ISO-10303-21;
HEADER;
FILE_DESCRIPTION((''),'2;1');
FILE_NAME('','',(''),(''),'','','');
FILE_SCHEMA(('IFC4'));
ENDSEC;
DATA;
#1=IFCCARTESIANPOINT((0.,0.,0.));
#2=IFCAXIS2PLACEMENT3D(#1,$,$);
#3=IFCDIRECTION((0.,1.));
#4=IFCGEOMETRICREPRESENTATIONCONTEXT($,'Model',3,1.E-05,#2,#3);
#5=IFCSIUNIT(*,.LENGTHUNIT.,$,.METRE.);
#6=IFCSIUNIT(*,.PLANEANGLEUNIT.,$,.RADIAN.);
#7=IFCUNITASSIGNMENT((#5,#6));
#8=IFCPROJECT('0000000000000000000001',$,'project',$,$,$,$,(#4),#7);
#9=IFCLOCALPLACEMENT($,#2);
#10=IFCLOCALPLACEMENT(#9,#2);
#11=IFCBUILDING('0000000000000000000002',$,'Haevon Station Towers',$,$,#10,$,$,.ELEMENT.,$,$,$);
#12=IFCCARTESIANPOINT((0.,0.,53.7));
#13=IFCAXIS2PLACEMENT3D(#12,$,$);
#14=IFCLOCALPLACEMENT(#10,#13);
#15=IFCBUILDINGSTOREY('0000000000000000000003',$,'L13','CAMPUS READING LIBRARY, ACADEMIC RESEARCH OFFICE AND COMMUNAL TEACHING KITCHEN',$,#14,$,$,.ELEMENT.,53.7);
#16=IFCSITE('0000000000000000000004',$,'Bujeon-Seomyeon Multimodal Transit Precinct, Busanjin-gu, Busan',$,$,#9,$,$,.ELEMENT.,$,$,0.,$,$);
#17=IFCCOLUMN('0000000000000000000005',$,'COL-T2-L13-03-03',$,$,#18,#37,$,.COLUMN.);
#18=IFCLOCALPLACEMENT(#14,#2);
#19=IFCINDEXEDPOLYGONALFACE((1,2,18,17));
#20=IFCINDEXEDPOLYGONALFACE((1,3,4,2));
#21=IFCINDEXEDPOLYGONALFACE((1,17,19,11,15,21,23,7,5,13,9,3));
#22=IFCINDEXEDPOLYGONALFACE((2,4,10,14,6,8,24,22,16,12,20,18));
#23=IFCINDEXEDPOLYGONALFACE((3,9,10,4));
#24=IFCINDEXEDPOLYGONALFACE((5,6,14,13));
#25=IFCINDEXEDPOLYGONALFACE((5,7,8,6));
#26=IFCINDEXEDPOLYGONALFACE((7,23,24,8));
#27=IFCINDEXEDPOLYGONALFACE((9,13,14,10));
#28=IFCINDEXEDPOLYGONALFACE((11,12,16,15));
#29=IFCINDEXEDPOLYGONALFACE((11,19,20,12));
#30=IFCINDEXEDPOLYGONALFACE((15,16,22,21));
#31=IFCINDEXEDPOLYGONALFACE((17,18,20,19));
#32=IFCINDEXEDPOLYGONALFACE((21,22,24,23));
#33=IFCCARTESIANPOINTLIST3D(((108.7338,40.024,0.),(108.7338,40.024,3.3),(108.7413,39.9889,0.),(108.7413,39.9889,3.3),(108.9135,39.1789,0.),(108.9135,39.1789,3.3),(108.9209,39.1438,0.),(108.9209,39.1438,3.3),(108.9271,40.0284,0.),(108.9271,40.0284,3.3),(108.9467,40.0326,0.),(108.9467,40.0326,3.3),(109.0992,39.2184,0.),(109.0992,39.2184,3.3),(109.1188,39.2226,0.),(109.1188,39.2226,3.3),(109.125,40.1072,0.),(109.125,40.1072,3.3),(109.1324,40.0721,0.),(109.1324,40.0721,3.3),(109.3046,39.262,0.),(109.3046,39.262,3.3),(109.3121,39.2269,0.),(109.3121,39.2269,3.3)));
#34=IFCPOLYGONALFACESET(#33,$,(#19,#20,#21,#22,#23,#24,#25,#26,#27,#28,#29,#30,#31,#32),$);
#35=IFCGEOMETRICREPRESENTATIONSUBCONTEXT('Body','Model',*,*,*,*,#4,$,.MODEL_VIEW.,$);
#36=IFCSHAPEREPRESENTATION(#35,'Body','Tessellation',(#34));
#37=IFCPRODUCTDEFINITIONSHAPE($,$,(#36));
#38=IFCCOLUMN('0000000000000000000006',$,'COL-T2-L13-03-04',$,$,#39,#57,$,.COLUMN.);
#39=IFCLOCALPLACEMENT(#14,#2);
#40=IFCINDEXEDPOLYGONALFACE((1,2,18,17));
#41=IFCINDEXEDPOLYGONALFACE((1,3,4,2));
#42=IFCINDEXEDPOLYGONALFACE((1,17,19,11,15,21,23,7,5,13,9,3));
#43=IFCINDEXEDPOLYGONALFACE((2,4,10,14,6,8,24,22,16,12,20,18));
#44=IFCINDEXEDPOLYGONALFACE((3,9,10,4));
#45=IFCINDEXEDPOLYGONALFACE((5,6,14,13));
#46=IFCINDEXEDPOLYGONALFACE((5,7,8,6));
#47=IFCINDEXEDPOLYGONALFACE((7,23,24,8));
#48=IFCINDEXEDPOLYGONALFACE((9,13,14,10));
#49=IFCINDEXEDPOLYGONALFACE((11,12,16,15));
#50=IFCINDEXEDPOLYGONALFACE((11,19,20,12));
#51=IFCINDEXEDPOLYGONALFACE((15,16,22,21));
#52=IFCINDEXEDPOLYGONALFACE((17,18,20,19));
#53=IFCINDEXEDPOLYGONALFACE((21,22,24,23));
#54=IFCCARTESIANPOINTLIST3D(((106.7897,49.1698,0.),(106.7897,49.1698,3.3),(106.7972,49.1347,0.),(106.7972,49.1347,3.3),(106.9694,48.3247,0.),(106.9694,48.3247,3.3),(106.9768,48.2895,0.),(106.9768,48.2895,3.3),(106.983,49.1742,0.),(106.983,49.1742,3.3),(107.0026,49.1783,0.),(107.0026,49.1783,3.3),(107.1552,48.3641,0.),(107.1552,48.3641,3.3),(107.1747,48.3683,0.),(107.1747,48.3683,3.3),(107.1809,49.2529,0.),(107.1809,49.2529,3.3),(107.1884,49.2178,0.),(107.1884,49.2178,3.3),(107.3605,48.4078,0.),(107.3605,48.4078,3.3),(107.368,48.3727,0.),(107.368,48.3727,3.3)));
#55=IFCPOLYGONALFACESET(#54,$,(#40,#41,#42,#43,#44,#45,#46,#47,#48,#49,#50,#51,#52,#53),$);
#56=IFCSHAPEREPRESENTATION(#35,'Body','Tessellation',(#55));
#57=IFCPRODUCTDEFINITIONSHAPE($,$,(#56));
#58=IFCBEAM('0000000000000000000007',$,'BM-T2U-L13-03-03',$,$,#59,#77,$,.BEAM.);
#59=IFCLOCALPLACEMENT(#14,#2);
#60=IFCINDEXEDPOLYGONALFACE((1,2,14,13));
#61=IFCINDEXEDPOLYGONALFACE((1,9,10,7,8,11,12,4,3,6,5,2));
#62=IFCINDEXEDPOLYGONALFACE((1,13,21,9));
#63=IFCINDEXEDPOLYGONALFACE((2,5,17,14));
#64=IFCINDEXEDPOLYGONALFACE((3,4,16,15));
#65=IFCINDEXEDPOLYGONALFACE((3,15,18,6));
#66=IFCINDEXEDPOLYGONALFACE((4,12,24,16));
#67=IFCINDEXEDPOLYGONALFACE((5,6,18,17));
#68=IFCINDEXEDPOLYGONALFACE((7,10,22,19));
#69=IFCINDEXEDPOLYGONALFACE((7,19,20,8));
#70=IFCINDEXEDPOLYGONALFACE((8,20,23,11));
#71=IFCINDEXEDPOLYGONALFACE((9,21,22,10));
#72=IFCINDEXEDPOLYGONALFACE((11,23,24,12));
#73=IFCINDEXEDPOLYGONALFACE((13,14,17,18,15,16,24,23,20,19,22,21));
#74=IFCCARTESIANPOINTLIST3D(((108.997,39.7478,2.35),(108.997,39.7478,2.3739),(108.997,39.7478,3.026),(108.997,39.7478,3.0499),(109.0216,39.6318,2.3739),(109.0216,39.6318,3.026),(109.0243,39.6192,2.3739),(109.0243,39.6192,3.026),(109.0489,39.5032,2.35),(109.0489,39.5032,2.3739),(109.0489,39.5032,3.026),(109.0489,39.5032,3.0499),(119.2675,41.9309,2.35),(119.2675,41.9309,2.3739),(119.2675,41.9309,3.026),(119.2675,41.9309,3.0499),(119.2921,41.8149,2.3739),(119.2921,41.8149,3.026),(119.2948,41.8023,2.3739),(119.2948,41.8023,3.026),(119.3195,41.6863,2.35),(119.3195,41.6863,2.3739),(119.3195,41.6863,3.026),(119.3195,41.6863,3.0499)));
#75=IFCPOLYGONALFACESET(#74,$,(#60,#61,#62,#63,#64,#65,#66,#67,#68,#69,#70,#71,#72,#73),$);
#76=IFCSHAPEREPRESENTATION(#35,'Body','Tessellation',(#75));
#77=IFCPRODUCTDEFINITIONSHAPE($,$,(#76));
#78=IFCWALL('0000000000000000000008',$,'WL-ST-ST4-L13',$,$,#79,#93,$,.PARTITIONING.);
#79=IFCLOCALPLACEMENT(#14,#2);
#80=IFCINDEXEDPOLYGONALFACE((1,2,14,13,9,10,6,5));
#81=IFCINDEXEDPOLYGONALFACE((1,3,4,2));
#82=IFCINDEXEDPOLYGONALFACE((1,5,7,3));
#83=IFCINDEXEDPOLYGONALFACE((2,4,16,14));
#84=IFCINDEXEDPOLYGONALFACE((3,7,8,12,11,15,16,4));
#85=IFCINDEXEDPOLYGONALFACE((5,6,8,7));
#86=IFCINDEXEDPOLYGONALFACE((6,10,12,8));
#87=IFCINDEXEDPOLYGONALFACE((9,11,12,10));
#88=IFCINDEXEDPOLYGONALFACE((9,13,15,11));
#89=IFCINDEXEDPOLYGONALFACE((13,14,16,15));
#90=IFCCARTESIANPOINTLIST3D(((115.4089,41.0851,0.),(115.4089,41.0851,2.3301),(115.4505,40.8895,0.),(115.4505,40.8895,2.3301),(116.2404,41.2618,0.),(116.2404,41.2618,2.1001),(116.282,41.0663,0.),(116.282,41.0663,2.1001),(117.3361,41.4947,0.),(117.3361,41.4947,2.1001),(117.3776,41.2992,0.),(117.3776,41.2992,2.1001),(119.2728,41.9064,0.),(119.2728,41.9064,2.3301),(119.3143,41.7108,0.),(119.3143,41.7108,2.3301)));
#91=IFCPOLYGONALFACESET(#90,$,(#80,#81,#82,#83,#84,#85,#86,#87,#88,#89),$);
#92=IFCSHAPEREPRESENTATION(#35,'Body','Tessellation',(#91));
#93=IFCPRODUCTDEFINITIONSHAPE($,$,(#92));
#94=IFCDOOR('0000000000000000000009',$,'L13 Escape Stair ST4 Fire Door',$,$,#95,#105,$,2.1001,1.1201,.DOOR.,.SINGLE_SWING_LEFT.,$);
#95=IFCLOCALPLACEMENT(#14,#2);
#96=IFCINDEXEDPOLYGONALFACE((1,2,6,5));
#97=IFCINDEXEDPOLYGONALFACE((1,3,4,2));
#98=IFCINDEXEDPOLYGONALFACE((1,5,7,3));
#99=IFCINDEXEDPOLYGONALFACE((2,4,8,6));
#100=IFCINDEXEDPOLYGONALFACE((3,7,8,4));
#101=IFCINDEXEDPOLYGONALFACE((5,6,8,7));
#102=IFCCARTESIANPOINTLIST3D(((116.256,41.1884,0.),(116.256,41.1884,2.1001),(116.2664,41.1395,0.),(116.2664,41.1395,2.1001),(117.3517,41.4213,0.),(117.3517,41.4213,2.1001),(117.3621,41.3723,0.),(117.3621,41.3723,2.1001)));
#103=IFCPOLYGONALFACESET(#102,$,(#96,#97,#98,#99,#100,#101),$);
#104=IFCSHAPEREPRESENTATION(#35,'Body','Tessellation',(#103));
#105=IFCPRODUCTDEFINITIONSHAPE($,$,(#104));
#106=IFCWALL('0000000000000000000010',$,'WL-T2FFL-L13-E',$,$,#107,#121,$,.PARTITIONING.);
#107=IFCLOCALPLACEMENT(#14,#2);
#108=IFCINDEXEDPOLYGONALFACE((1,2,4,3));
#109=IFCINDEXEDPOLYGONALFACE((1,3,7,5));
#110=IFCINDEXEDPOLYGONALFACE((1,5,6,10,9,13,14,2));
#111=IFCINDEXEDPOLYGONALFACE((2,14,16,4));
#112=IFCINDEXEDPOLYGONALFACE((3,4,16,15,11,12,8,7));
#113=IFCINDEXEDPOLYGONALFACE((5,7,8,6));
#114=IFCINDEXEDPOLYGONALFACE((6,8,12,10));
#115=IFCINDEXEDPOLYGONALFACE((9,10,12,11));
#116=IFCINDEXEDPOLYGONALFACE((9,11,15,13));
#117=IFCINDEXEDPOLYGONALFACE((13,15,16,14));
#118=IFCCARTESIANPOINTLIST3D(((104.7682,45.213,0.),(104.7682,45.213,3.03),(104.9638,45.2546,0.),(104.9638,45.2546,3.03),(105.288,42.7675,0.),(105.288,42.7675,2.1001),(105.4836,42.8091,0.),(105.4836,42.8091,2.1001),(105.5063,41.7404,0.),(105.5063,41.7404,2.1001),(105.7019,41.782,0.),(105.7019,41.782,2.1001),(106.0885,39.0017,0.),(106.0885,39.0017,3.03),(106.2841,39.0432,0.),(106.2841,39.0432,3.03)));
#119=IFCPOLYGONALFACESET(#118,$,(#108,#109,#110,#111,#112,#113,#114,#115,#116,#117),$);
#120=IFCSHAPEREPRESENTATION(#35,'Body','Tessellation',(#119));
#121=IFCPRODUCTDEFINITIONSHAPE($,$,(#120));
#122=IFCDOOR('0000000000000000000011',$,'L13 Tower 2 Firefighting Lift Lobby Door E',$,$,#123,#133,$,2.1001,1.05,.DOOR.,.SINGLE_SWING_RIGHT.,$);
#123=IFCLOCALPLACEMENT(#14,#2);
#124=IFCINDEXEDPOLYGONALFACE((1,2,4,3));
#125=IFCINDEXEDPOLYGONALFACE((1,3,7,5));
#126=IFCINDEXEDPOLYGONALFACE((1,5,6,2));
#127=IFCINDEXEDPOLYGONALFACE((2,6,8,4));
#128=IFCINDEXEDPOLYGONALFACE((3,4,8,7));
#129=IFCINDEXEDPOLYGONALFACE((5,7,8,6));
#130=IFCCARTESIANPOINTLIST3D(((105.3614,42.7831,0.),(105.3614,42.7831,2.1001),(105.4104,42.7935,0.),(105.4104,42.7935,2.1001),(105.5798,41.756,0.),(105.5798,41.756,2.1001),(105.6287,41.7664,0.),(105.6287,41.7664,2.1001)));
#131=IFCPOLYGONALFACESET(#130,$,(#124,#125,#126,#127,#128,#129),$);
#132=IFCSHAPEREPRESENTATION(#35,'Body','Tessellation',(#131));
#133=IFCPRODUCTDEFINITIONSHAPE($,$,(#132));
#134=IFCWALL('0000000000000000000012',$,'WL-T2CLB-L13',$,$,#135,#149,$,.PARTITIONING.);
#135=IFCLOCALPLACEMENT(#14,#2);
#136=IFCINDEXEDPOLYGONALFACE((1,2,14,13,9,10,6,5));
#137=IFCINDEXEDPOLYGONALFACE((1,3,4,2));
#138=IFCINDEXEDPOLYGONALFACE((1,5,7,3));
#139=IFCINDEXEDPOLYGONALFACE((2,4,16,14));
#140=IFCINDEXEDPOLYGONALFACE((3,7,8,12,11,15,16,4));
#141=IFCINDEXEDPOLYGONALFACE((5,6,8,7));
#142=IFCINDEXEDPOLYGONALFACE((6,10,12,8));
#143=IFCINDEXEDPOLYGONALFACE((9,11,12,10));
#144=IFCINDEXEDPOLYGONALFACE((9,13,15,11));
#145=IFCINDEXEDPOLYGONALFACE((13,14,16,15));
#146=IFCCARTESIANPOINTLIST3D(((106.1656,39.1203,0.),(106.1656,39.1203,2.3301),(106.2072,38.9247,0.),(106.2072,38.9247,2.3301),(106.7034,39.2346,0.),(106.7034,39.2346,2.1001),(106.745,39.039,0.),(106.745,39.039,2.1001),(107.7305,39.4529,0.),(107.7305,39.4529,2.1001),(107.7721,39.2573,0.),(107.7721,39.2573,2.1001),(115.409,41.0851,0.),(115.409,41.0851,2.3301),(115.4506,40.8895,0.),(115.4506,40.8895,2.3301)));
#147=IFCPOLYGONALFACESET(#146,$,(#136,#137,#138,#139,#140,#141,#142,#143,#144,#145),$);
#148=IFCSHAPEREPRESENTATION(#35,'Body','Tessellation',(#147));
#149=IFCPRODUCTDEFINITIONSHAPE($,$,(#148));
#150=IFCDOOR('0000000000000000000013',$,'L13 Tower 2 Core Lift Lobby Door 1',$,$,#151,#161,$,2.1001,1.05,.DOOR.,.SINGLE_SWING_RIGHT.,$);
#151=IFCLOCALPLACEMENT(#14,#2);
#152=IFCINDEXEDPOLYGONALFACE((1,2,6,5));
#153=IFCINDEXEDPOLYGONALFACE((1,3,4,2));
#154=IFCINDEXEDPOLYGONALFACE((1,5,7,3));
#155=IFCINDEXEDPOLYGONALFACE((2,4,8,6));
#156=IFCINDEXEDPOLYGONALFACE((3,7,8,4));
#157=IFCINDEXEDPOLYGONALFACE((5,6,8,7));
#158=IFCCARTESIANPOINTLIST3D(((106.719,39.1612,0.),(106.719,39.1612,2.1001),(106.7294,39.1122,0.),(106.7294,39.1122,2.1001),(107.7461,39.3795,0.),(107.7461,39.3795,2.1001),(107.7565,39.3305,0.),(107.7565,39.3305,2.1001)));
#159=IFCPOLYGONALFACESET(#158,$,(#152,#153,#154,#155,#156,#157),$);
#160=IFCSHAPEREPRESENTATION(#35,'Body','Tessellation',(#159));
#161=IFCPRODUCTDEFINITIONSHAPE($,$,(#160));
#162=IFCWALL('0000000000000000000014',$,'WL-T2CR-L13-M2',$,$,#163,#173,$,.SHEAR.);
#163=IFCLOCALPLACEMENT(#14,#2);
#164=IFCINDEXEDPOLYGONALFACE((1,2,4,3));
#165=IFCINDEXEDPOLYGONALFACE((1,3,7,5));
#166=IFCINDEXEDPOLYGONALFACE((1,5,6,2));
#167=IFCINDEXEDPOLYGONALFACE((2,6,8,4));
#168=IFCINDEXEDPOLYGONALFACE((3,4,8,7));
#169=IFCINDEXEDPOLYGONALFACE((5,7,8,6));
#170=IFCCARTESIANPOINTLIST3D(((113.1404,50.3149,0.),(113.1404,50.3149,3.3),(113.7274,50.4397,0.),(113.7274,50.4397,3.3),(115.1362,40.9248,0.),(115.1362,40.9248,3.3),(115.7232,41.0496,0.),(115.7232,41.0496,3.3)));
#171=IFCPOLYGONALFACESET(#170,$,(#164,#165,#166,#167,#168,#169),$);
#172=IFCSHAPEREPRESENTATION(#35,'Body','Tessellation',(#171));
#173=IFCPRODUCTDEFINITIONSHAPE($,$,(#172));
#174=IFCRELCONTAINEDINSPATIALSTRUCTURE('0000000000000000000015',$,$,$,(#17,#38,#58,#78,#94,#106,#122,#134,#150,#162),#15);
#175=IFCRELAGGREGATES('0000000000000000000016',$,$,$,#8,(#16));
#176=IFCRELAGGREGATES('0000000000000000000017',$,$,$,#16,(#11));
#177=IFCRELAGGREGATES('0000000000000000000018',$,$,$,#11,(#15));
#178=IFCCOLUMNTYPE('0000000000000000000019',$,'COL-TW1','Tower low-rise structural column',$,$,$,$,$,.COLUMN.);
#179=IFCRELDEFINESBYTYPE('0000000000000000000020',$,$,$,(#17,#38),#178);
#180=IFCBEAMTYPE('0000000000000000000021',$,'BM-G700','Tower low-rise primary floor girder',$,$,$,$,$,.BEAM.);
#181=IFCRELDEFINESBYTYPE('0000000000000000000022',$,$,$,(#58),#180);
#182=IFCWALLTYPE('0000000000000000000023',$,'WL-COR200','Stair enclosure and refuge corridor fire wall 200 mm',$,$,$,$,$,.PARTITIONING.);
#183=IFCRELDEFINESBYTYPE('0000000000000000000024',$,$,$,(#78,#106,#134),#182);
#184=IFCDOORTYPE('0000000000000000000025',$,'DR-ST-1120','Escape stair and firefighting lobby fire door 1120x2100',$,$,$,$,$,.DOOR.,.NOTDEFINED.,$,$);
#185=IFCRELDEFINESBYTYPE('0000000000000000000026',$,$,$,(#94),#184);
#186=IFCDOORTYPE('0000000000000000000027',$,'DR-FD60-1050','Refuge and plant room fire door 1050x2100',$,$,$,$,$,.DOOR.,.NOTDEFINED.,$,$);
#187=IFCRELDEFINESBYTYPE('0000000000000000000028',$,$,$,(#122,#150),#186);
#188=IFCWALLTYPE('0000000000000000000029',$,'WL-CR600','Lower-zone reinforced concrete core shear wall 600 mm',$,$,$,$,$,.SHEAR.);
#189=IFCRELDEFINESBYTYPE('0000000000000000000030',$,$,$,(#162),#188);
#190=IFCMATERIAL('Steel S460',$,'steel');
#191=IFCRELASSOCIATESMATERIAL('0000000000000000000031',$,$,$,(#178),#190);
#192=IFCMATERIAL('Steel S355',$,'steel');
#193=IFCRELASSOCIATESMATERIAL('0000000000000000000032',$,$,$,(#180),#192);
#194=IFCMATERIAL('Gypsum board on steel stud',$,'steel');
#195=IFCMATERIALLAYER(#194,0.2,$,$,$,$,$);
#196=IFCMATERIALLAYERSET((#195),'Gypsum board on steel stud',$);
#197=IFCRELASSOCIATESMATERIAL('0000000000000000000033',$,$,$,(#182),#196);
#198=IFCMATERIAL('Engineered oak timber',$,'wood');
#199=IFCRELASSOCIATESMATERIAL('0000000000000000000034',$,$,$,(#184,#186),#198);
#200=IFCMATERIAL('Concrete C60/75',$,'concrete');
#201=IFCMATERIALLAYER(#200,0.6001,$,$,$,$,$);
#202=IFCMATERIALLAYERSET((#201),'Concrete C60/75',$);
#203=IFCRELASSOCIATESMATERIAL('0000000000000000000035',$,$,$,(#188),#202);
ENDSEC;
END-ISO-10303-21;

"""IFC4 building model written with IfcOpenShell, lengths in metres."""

from ifc_helpers import new_model, si_unit, direction, frame, frame_2d, origin, origin_2d, place, context, subcontext, project, spatial, rectangle, i_section, extrude, material, layer, layer_set, material_profile, profile_set, type_object, element, fill, save


model = new_model("IFC4")

# Units and contexts
model_context = context("Model", 3, precision=1e-05, world=origin(), true_north=direction((0.0, 1.0)))
body_context = subcontext(model_context, "Body", "Model", "MODEL_VIEW")
ifc_project = project(units=[si_unit("LENGTHUNIT", "METRE"), si_unit("PLANEANGLEUNIT", "RADIAN")], contexts=[model_context])

# Site, building, storey
site_placement = place(None, origin())
site = spatial("IfcSite", under=ifc_project, at=site_placement, Name="Bujeon-Seomyeon Multimodal Transit Precinct, Busanjin-gu, Busan", CompositionType="ELEMENT", RefElevation=0.0)
building_placement = place(site_placement, origin())
building = spatial("IfcBuilding", under=site, at=building_placement, Name="Haevon Station Towers", CompositionType="ELEMENT")
storey_placement = place(building_placement, frame((0.0, 0.0, 53.7)))
storey = spatial("IfcBuildingStorey", under=building, at=storey_placement, Name="L13", Description="CAMPUS READING LIBRARY, ACADEMIC RESEARCH OFFICE AND COMMUNAL TEACHING KITCHEN", CompositionType="ELEMENT", Elevation=53.7)

# Columns
ifc_material_1 = material(Name="Steel S460", Category="steel")
ifc_material_profile_1 = material_profile(ifc_material_1, i_section(OverallWidth=0.3999, OverallDepth=0.8999, WebThickness=0.02, FlangeThickness=0.0359, at=origin_2d()), Name="H-900x400x20x36")
ifc_profile_set_1 = profile_set([ifc_material_profile_1], Name="Steel S460")
column_type = type_object("IfcColumnType", Name="COL-TW1", Description="Tower low-rise structural column", PredefinedType="COLUMN", material=ifc_profile_set_1)
for number, where, z_axis, x_axis, name in (
    (1, (109.0229, 39.6255, 0.0), (0.0, 0.0, 1.0), (0.978148, 0.207912, 0.0), "COL-T2-L13-03-03"),
    (2, (107.0789, 48.7712, 0.0), (0.0, 0.0, 1.0), (0.978148, 0.207912, 0.0), "COL-T2-L13-03-04"),
):
    element("IfcColumn", number, at=place(storey_placement, frame(where, z_axis=z_axis, x_axis=x_axis)), inside=storey, type_object=column_type, Name=name, PredefinedType="COLUMN", context=body_context, shape_type="SweptSolid", body=[
        extrude(i_section(OverallWidth=0.3999, OverallDepth=0.8999, WebThickness=0.02, FlangeThickness=0.0359, at=origin_2d()), origin(), (0.0, 0.0, 1.0), 3.3),
    ])

# Beam
ifc_material_2 = material(Name="Steel S355", Category="steel")
ifc_material_profile_2 = material_profile(ifc_material_2, i_section(OverallWidth=0.25, OverallDepth=0.7, WebThickness=0.0129, FlangeThickness=0.0239, at=origin_2d()), Name="H-700x250x13x24")
ifc_profile_set_2 = profile_set([ifc_material_profile_2], Name="Steel S355")
beam_type = type_object("IfcBeamType", Name="BM-G700", Description="Tower low-rise primary floor girder", PredefinedType="BEAM", material=ifc_profile_set_2)
beam_placement = place(storey_placement, frame((109.0229, 39.6255, 2.7), z_axis=(0.978147, 0.207915, 0.0), x_axis=(-0.207915, 0.978147, 0.0)))
element("IfcBeam", 3, at=beam_placement, inside=storey, type_object=beam_type, Name="BM-T2U-L13-03-03", PredefinedType="BEAM", context=body_context, shape_type="SweptSolid", body=[
    extrude(i_section(OverallWidth=0.25, OverallDepth=0.7, WebThickness=0.0129, FlangeThickness=0.0239, at=origin_2d()), origin(), (0.0, 0.0, 1.0), 10.5),
])

# Walls, openings, doors
ifc_material_3 = material(Name="Gypsum board on steel stud", Category="steel")
ifc_layer_1 = layer(ifc_material_3, 0.2)
ifc_layer_set_1 = layer_set([ifc_layer_1], Name="Gypsum board on steel stud")
wall_type_1 = type_object("IfcWallType", Name="WL-COR200", Description="Stair enclosure and refuge corridor fire wall 200 mm", PredefinedType="PARTITIONING", material=ifc_layer_set_1)
wall_1_placement = place(storey_placement, frame((115.4297, 40.9873, 0.0), z_axis=(0.0, 0.0, 1.0), x_axis=(0.978147, 0.207916, 0.0)))
wall_1 = element("IfcWall", 4, at=wall_1_placement, inside=storey, type_object=wall_type_1, Name="WL-ST-ST4-L13", PredefinedType="PARTITIONING", context=body_context, shape_type="SweptSolid", body=[
    extrude(rectangle(XDim=3.9502, YDim=0.2, at=frame_2d((1.9751, 0.0))), origin(), (0.0, 0.0, 1.0), 2.3301),
])
opening_1_placement = place(wall_1_placement, frame((0.8501, 0.0, 0.0)))
opening_1 = element("IfcOpeningElement", 5, at=opening_1_placement, cuts=wall_1, PredefinedType="OPENING", context=body_context, shape_type="SweptSolid", body=[
    extrude(rectangle(XDim=1.1201, YDim=2.1001, at=frame_2d((0.5601, 1.05))), frame((0.0, 0.1099, 0.0), z_axis=(0.0, -1.0, 0.0), x_axis=(1.0, 0.0, 0.0)), (0.0, 0.0, 1.0), 0.22),
])
ifc_material_4 = material(Name="Engineered oak timber", Category="wood")
door_type_1 = type_object("IfcDoorType", Name="DR-ST-1120", Description="Escape stair and firefighting lobby fire door 1120x2100", OperationType="NOTDEFINED", PredefinedType="DOOR", material=ifc_material_4)
door_1_placement = place(opening_1_placement, origin())
door_1 = element("IfcDoor", 6, at=door_1_placement, inside=storey, type_object=door_type_1, Name="L13 Escape Stair ST4 Fire Door", OperationType="SINGLE_SWING_LEFT", OverallHeight=2.1001, OverallWidth=1.1201, PredefinedType="DOOR", context=body_context, shape_type="SweptSolid", body=[
    extrude(rectangle(XDim=1.1201, YDim=2.1001, at=frame_2d((0.5601, 1.05))), frame((0.0, 0.0249, 0.0), z_axis=(0.0, -1.0, 0.0), x_axis=(1.0, 0.0, 0.0)), (0.0, 0.0, 1.0), 0.05),
])
fill(opening_1, door_1)
wall_2_placement = place(storey_placement, frame((106.1863, 39.0225, 0.0), z_axis=(0.0, 0.0, 1.0), x_axis=(-0.207917, 0.978147, 0.0)))
wall_2 = element("IfcWall", 7, at=wall_2_placement, inside=storey, type_object=wall_type_1, Name="WL-T2FFL-L13-E", PredefinedType="PARTITIONING", context=body_context, shape_type="SweptSolid", body=[
    extrude(rectangle(XDim=6.3501, YDim=0.2, at=frame_2d((3.175, 0.0))), origin(), (0.0, 0.0, 1.0), 3.03),
])
opening_2_placement = place(wall_2_placement, frame((2.8, 0.0, 0.0)))
opening_2 = element("IfcOpeningElement", 8, at=opening_2_placement, cuts=wall_2, PredefinedType="OPENING", context=body_context, shape_type="SweptSolid", body=[
    extrude(rectangle(XDim=1.05, YDim=2.1001, at=frame_2d((0.5249, 1.05))), frame((0.0, 0.1099, 0.0), z_axis=(0.0, -1.0, 0.0), x_axis=(1.0, 0.0, 0.0)), (0.0, 0.0, 1.0), 0.22),
])
door_type_2 = type_object("IfcDoorType", Name="DR-FD60-1050", Description="Refuge and plant room fire door 1050x2100", OperationType="NOTDEFINED", PredefinedType="DOOR", material=ifc_material_4)
door_2_placement = place(opening_2_placement, origin())
door_2 = element("IfcDoor", 9, at=door_2_placement, inside=storey, type_object=door_type_2, Name="L13 Tower 2 Firefighting Lift Lobby Door E", OperationType="SINGLE_SWING_RIGHT", OverallHeight=2.1001, OverallWidth=1.05, PredefinedType="DOOR", context=body_context, shape_type="SweptSolid", body=[
    extrude(rectangle(XDim=1.05, YDim=2.1001, at=frame_2d((0.5249, 1.05))), frame((0.0, 0.0249, 0.0), z_axis=(0.0, -1.0, 0.0), x_axis=(1.0, 0.0, 0.0)), (0.0, 0.0, 1.0), 0.05),
])
fill(opening_2, door_2)
wall_3_placement = place(storey_placement, frame((106.1863, 39.0225, 0.0), z_axis=(0.0, 0.0, 1.0), x_axis=(0.978146, 0.207921, 0.0)))
wall_3 = element("IfcWall", 10, at=wall_3_placement, inside=storey, type_object=wall_type_1, Name="WL-T2CLB-L13", PredefinedType="PARTITIONING", context=body_context, shape_type="SweptSolid", body=[
    extrude(rectangle(XDim=9.45, YDim=0.2, at=frame_2d((4.7251, 0.0))), origin(), (0.0, 0.0, 1.0), 2.3301),
])
opening_3_placement = place(wall_3_placement, frame((0.55, 0.0, 0.0)))
opening_3 = element("IfcOpeningElement", 11, at=opening_3_placement, cuts=wall_3, PredefinedType="OPENING", context=body_context, shape_type="SweptSolid", body=[
    extrude(rectangle(XDim=1.05, YDim=2.1001, at=frame_2d((0.5249, 1.05))), frame((0.0, 0.1099, 0.0), z_axis=(0.0, -1.0, 0.0), x_axis=(1.0, 0.0, 0.0)), (0.0, 0.0, 1.0), 0.22),
])
door_3_placement = place(opening_3_placement, origin())
door_3 = element("IfcDoor", 12, at=door_3_placement, inside=storey, type_object=door_type_2, Name="L13 Tower 2 Core Lift Lobby Door 1", OperationType="SINGLE_SWING_RIGHT", OverallHeight=2.1001, OverallWidth=1.05, PredefinedType="DOOR", context=body_context, shape_type="SweptSolid", body=[
    extrude(rectangle(XDim=1.05, YDim=2.1001, at=frame_2d((0.5249, 1.05))), frame((0.0, 0.0249, 0.0), z_axis=(0.0, -1.0, 0.0), x_axis=(1.0, 0.0, 0.0)), (0.0, 0.0, 1.0), 0.05),
])
fill(opening_3, door_3)

# Wall
ifc_material_5 = material(Name="Concrete C60/75", Category="concrete")
ifc_layer_2 = layer(ifc_material_5, 0.6001)
ifc_layer_set_2 = layer_set([ifc_layer_2], Name="Concrete C60/75")
wall_type_2 = type_object("IfcWallType", Name="WL-CR600", Description="Lower-zone reinforced concrete core shear wall 600 mm", PredefinedType="SHEAR", material=ifc_layer_set_2)
wall_4_placement = place(storey_placement, frame((115.4297, 40.9873, 0.0), z_axis=(0.0, 0.0, 1.0), x_axis=(-0.207903, 0.978149, 0.0)))
element("IfcWall", 13, at=wall_4_placement, inside=storey, type_object=wall_type_2, Name="WL-T2CR-L13-M2", PredefinedType="SHEAR", context=body_context, shape_type="SweptSolid", body=[
    extrude(rectangle(XDim=9.5999, YDim=0.6001, at=frame_2d((4.7998, 0.0))), origin(), (0.0, 0.0, 1.0), 3.3),
])

save(model, "model.ifc")
